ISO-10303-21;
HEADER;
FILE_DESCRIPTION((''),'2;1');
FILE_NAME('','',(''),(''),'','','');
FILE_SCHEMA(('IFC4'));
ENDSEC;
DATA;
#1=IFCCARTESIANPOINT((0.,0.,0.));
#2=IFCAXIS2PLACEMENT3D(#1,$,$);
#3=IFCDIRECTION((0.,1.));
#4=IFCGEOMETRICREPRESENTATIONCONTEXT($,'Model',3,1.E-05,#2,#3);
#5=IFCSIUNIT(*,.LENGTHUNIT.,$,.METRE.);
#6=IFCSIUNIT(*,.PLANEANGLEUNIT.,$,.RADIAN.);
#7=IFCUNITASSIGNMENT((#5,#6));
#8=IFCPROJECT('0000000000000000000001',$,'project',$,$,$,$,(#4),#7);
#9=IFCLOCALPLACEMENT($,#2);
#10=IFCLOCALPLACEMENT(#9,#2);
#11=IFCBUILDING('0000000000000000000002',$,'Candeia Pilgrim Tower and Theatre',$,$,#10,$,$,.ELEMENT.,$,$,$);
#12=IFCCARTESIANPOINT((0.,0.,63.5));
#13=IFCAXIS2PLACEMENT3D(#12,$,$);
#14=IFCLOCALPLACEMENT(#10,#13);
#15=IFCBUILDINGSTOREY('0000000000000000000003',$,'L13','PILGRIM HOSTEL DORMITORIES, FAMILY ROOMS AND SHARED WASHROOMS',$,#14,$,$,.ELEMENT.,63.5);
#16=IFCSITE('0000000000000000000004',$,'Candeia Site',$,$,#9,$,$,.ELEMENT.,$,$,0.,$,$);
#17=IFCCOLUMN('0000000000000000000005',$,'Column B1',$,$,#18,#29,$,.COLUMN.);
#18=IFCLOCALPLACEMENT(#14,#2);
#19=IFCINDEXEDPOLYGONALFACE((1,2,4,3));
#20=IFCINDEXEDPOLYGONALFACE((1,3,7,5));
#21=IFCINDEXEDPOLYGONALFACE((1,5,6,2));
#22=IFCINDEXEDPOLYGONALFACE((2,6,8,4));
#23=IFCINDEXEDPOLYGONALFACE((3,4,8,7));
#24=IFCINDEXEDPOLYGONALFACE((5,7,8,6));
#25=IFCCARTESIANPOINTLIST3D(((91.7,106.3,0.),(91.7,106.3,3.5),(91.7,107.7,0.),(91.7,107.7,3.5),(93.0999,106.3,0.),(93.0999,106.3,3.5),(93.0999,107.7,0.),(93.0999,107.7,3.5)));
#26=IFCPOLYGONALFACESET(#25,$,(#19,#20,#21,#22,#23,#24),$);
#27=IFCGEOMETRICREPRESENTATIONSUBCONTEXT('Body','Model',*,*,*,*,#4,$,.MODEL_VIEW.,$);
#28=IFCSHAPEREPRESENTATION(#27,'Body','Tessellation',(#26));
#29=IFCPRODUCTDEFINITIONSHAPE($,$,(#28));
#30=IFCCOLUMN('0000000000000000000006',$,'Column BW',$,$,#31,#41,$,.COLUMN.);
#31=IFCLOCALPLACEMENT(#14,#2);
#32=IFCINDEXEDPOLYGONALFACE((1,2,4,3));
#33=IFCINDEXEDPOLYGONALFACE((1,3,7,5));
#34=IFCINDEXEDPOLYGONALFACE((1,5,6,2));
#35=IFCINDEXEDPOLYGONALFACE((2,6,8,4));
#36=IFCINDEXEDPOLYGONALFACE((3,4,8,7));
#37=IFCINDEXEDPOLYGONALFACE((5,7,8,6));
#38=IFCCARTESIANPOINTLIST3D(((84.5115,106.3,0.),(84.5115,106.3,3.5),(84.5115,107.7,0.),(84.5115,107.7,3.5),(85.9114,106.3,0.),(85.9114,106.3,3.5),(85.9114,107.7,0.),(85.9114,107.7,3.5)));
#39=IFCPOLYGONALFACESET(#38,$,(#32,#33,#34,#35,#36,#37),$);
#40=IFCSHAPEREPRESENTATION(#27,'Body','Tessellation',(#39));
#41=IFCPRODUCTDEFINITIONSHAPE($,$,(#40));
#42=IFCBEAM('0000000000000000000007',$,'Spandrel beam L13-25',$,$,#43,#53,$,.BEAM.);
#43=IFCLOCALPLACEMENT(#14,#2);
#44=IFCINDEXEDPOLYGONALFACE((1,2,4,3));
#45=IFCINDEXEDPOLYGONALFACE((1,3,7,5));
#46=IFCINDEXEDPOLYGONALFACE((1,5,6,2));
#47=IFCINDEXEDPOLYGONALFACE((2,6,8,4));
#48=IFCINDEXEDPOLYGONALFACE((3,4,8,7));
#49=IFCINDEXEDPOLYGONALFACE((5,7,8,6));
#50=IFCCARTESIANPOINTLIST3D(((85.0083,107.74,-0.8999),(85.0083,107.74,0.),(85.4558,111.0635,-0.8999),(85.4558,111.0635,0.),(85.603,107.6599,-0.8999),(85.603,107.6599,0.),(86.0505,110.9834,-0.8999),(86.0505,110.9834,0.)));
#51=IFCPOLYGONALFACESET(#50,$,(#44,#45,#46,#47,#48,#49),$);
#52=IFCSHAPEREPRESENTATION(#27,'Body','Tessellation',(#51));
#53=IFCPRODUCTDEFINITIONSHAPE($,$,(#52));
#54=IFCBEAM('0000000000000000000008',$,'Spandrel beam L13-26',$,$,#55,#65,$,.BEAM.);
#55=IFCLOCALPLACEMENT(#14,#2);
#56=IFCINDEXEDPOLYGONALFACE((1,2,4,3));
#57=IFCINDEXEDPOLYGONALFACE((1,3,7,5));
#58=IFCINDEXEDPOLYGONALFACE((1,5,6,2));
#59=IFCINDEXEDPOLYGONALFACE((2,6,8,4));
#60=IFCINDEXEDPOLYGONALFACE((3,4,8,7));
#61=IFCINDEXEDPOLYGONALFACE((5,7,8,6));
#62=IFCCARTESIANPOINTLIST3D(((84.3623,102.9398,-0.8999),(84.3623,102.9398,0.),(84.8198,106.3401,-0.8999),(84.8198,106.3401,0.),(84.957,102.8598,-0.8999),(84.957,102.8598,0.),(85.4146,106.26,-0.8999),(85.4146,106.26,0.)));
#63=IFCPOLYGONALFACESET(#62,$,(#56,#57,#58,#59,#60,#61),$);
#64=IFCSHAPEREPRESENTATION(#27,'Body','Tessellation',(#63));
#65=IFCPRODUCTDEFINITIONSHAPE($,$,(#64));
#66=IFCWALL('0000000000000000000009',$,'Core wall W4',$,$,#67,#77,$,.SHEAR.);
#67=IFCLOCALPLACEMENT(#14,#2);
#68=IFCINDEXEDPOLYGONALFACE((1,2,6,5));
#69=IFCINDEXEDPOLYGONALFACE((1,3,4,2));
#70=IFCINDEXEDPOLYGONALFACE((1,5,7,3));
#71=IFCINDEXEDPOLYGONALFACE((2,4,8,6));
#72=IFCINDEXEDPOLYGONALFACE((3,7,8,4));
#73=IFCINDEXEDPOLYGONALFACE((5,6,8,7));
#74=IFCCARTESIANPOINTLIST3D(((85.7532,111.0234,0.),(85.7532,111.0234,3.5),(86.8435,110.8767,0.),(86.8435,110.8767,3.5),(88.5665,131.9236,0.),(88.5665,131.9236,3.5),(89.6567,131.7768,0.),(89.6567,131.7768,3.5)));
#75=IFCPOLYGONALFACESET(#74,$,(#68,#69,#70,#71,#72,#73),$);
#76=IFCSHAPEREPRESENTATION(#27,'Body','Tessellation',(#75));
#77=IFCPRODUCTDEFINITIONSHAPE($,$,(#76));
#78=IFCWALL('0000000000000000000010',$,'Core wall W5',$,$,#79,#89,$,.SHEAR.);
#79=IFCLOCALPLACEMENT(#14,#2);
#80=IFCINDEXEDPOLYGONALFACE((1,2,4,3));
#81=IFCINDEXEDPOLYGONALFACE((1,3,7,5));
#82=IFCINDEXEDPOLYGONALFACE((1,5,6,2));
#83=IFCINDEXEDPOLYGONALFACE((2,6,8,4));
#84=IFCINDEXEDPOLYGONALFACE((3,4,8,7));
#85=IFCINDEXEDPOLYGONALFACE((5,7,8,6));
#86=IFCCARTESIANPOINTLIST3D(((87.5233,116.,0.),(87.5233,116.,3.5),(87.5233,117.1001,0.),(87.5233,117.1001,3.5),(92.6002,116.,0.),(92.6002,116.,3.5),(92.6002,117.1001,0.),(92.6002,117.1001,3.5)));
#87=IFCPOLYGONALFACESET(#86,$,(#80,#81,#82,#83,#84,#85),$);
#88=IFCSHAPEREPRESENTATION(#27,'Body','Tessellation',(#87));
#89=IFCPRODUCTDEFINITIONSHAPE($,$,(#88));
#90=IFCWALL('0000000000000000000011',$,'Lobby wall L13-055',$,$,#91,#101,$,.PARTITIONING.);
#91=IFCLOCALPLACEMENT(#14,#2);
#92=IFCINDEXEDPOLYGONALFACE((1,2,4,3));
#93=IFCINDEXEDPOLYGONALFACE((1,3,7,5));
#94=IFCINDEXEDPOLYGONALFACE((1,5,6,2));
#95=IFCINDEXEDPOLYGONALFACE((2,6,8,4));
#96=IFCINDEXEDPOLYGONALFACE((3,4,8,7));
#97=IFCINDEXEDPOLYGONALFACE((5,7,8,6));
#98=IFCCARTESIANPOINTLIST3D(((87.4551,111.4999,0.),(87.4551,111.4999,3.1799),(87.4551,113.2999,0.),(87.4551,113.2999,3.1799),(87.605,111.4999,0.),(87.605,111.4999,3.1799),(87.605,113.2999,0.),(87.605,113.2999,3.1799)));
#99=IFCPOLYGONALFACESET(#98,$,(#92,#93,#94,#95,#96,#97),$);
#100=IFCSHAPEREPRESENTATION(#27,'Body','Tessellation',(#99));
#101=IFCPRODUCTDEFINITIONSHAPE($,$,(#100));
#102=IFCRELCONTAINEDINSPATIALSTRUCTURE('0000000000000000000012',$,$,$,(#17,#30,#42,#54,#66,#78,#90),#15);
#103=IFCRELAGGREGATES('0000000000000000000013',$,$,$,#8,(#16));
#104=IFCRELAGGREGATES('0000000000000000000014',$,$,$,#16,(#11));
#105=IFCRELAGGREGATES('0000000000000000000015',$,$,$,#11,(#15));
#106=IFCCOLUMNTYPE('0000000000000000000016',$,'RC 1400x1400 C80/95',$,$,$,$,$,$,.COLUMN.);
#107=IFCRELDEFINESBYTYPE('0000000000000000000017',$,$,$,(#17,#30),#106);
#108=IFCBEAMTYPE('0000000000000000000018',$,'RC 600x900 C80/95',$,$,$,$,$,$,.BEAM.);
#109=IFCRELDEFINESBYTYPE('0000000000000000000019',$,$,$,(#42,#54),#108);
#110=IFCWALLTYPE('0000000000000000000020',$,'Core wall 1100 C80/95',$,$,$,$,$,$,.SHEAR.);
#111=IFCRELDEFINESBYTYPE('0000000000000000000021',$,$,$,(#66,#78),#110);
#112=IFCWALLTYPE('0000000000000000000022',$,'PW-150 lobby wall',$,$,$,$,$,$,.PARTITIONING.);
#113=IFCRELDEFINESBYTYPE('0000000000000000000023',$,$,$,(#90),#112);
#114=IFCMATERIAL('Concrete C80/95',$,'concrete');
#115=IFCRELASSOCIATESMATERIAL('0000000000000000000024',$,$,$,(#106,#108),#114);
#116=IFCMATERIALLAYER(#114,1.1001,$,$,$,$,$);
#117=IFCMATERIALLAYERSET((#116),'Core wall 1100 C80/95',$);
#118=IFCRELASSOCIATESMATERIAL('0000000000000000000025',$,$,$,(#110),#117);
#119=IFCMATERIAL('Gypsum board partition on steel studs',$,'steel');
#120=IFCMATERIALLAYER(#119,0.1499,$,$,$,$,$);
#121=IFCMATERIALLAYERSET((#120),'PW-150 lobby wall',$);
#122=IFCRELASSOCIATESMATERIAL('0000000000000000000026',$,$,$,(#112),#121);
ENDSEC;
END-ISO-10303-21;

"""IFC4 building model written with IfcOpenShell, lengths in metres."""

from ifc_helpers import new_model, si_unit, direction, frame, frame_2d, origin, origin_2d, place, context, subcontext, project, spatial, rectangle, extrude, material, layer, layer_set, material_profile, profile_set, type_object, element, save


model = new_model("IFC4")

# Units and contexts
model_context = context("Model", 3, precision=1e-05, world=origin(), true_north=direction((0.0, 1.0)))
body_context = subcontext(model_context, "Body", "Model", "MODEL_VIEW")
ifc_project = project(units=[si_unit("LENGTHUNIT", "METRE"), si_unit("PLANEANGLEUNIT", "RADIAN")], contexts=[model_context])

# Site, building, storey
site_placement = place(None, origin())
site = spatial("IfcSite", under=ifc_project, at=site_placement, Name="Candeia Site", CompositionType="ELEMENT", RefElevation=0.0)
building_placement = place(site_placement, origin())
building = spatial("IfcBuilding", under=site, at=building_placement, Name="Candeia Pilgrim Tower and Theatre", CompositionType="ELEMENT")
storey_placement = place(building_placement, frame((0.0, 0.0, 63.5)))
storey = spatial("IfcBuildingStorey", under=building, at=storey_placement, Name="L13", Description="PILGRIM HOSTEL DORMITORIES, FAMILY ROOMS AND SHARED WASHROOMS", CompositionType="ELEMENT", Elevation=63.5)

# Columns
ifc_material_1 = material(Name="Concrete C80/95", Category="concrete")
ifc_material_profile_1 = material_profile(ifc_material_1, rectangle(XDim=1.3999, YDim=1.3999, at=origin_2d()))
ifc_profile_set_1 = profile_set([ifc_material_profile_1], Name="Concrete C80/95")
column_type = type_object("IfcColumnType", Name="RC 1400x1400 C80/95", PredefinedType="COLUMN", material=ifc_profile_set_1)
for number, where, z_axis, x_axis, name in (
    (1, (92.3999, 107.0, 0.0), (0.0, 0.0, 1.0), (1.0, 0.0, 0.0), "Column B1"),
    (2, (85.2114, 107.0, 0.0), (0.0, 0.0, 1.0), (1.0, 0.0, 0.0), "Column BW"),
):
    element("IfcColumn", number, at=place(storey_placement, frame(where, z_axis=z_axis, x_axis=x_axis)), inside=storey, type_object=column_type, Name=name, PredefinedType="COLUMN", context=body_context, shape_type="SweptSolid", body=[
        extrude(rectangle(XDim=1.3999, YDim=1.3999, at=origin_2d()), origin(), (0.0, 0.0, 1.0), 3.5),
    ])

# Beams
ifc_material_profile_2 = material_profile(ifc_material_1, rectangle(XDim=0.6001, YDim=0.8999, at=origin_2d()))
ifc_profile_set_2 = profile_set([ifc_material_profile_2], Name="Concrete C80/95")
beam_type = type_object("IfcBeamType", Name="RC 600x900 C80/95", PredefinedType="BEAM", material=ifc_profile_set_2)
beam_1_placement = place(storey_placement, frame((85.7532, 111.0234, -0.45), z_axis=(-0.133446, -0.991056, 0.0), x_axis=(0.991056, -0.133446, 0.0)))
element("IfcBeam", 3, at=beam_1_placement, inside=storey, type_object=beam_type, Name="Spandrel beam L13-25", PredefinedType="BEAM", context=body_context, shape_type="SweptSolid", body=[
    extrude(rectangle(XDim=0.6001, YDim=0.8999, at=origin_2d()), origin(), (0.0, 0.0, 1.0), 3.3535),
])
beam_2_placement = place(storey_placement, frame((85.1172, 106.3, -0.45), z_axis=(-0.133357, -0.991068, 0.0), x_axis=(0.991068, -0.133357, 0.0)))
element("IfcBeam", 4, at=beam_2_placement, inside=storey, type_object=beam_type, Name="Spandrel beam L13-26", PredefinedType="BEAM", context=body_context, shape_type="SweptSolid", body=[
    extrude(rectangle(XDim=0.6001, YDim=0.8999, at=origin_2d()), origin(), (0.0, 0.0, 1.0), 3.4309),
])

# Walls
ifc_layer_1 = layer(ifc_material_1, 1.1001)
ifc_layer_set_1 = layer_set([ifc_layer_1], Name="Core wall 1100 C80/95")
wall_type_1 = type_object("IfcWallType", Name="Core wall 1100 C80/95", PredefinedType="SHEAR", material=ifc_layer_set_1)
wall_1_placement = place(storey_placement, frame((86.2983, 110.95, 0.0), z_axis=(0.0, 0.0, 1.0), x_axis=(0.1334, 0.991062, 0.0)))
element("IfcWall", 5, at=wall_1_placement, inside=storey, type_object=wall_type_1, Name="Core wall W4", PredefinedType="SHEAR", context=body_context, shape_type="SweptSolid", body=[
    extrude(rectangle(XDim=21.0886, YDim=1.1001, at=frame_2d((10.5444, 0.0))), origin(), (0.0, 0.0, 1.0), 3.5),
])
wall_2_placement = place(storey_placement, frame((87.5232, 116.55, 0.0), z_axis=(0.0, 0.0, 1.0), x_axis=(1.0, 0.0, 0.0)))
element("IfcWall", 6, at=wall_2_placement, inside=storey, type_object=wall_type_1, Name="Core wall W5", PredefinedType="SHEAR", context=body_context, shape_type="SweptSolid", body=[
    extrude(rectangle(XDim=5.0769, YDim=1.1001, at=frame_2d((2.5386, 0.0))), origin(), (0.0, 0.0, 1.0), 3.5),
])

# Wall
ifc_material_2 = material(Name="Gypsum board partition on steel studs", Category="steel")
ifc_layer_2 = layer(ifc_material_2, 0.1499)
ifc_layer_set_2 = layer_set([ifc_layer_2], Name="PW-150 lobby wall")
wall_type_2 = type_object("IfcWallType", Name="PW-150 lobby wall", PredefinedType="PARTITIONING", material=ifc_layer_set_2)
wall_3_placement = place(storey_placement, frame((87.53, 111.5, 0.0), z_axis=(0.0, 0.0, 1.0), x_axis=(0.0, 1.0, 0.0)))
element("IfcWall", 7, at=wall_3_placement, inside=storey, type_object=wall_type_2, Name="Lobby wall L13-055", PredefinedType="PARTITIONING", context=body_context, shape_type="SweptSolid", body=[
    extrude(rectangle(XDim=1.8, YDim=0.1499, at=frame_2d((0.8999, 0.0))), origin(), (0.0, 0.0, 1.0), 3.1799),
])

save(model, "model.ifc")
